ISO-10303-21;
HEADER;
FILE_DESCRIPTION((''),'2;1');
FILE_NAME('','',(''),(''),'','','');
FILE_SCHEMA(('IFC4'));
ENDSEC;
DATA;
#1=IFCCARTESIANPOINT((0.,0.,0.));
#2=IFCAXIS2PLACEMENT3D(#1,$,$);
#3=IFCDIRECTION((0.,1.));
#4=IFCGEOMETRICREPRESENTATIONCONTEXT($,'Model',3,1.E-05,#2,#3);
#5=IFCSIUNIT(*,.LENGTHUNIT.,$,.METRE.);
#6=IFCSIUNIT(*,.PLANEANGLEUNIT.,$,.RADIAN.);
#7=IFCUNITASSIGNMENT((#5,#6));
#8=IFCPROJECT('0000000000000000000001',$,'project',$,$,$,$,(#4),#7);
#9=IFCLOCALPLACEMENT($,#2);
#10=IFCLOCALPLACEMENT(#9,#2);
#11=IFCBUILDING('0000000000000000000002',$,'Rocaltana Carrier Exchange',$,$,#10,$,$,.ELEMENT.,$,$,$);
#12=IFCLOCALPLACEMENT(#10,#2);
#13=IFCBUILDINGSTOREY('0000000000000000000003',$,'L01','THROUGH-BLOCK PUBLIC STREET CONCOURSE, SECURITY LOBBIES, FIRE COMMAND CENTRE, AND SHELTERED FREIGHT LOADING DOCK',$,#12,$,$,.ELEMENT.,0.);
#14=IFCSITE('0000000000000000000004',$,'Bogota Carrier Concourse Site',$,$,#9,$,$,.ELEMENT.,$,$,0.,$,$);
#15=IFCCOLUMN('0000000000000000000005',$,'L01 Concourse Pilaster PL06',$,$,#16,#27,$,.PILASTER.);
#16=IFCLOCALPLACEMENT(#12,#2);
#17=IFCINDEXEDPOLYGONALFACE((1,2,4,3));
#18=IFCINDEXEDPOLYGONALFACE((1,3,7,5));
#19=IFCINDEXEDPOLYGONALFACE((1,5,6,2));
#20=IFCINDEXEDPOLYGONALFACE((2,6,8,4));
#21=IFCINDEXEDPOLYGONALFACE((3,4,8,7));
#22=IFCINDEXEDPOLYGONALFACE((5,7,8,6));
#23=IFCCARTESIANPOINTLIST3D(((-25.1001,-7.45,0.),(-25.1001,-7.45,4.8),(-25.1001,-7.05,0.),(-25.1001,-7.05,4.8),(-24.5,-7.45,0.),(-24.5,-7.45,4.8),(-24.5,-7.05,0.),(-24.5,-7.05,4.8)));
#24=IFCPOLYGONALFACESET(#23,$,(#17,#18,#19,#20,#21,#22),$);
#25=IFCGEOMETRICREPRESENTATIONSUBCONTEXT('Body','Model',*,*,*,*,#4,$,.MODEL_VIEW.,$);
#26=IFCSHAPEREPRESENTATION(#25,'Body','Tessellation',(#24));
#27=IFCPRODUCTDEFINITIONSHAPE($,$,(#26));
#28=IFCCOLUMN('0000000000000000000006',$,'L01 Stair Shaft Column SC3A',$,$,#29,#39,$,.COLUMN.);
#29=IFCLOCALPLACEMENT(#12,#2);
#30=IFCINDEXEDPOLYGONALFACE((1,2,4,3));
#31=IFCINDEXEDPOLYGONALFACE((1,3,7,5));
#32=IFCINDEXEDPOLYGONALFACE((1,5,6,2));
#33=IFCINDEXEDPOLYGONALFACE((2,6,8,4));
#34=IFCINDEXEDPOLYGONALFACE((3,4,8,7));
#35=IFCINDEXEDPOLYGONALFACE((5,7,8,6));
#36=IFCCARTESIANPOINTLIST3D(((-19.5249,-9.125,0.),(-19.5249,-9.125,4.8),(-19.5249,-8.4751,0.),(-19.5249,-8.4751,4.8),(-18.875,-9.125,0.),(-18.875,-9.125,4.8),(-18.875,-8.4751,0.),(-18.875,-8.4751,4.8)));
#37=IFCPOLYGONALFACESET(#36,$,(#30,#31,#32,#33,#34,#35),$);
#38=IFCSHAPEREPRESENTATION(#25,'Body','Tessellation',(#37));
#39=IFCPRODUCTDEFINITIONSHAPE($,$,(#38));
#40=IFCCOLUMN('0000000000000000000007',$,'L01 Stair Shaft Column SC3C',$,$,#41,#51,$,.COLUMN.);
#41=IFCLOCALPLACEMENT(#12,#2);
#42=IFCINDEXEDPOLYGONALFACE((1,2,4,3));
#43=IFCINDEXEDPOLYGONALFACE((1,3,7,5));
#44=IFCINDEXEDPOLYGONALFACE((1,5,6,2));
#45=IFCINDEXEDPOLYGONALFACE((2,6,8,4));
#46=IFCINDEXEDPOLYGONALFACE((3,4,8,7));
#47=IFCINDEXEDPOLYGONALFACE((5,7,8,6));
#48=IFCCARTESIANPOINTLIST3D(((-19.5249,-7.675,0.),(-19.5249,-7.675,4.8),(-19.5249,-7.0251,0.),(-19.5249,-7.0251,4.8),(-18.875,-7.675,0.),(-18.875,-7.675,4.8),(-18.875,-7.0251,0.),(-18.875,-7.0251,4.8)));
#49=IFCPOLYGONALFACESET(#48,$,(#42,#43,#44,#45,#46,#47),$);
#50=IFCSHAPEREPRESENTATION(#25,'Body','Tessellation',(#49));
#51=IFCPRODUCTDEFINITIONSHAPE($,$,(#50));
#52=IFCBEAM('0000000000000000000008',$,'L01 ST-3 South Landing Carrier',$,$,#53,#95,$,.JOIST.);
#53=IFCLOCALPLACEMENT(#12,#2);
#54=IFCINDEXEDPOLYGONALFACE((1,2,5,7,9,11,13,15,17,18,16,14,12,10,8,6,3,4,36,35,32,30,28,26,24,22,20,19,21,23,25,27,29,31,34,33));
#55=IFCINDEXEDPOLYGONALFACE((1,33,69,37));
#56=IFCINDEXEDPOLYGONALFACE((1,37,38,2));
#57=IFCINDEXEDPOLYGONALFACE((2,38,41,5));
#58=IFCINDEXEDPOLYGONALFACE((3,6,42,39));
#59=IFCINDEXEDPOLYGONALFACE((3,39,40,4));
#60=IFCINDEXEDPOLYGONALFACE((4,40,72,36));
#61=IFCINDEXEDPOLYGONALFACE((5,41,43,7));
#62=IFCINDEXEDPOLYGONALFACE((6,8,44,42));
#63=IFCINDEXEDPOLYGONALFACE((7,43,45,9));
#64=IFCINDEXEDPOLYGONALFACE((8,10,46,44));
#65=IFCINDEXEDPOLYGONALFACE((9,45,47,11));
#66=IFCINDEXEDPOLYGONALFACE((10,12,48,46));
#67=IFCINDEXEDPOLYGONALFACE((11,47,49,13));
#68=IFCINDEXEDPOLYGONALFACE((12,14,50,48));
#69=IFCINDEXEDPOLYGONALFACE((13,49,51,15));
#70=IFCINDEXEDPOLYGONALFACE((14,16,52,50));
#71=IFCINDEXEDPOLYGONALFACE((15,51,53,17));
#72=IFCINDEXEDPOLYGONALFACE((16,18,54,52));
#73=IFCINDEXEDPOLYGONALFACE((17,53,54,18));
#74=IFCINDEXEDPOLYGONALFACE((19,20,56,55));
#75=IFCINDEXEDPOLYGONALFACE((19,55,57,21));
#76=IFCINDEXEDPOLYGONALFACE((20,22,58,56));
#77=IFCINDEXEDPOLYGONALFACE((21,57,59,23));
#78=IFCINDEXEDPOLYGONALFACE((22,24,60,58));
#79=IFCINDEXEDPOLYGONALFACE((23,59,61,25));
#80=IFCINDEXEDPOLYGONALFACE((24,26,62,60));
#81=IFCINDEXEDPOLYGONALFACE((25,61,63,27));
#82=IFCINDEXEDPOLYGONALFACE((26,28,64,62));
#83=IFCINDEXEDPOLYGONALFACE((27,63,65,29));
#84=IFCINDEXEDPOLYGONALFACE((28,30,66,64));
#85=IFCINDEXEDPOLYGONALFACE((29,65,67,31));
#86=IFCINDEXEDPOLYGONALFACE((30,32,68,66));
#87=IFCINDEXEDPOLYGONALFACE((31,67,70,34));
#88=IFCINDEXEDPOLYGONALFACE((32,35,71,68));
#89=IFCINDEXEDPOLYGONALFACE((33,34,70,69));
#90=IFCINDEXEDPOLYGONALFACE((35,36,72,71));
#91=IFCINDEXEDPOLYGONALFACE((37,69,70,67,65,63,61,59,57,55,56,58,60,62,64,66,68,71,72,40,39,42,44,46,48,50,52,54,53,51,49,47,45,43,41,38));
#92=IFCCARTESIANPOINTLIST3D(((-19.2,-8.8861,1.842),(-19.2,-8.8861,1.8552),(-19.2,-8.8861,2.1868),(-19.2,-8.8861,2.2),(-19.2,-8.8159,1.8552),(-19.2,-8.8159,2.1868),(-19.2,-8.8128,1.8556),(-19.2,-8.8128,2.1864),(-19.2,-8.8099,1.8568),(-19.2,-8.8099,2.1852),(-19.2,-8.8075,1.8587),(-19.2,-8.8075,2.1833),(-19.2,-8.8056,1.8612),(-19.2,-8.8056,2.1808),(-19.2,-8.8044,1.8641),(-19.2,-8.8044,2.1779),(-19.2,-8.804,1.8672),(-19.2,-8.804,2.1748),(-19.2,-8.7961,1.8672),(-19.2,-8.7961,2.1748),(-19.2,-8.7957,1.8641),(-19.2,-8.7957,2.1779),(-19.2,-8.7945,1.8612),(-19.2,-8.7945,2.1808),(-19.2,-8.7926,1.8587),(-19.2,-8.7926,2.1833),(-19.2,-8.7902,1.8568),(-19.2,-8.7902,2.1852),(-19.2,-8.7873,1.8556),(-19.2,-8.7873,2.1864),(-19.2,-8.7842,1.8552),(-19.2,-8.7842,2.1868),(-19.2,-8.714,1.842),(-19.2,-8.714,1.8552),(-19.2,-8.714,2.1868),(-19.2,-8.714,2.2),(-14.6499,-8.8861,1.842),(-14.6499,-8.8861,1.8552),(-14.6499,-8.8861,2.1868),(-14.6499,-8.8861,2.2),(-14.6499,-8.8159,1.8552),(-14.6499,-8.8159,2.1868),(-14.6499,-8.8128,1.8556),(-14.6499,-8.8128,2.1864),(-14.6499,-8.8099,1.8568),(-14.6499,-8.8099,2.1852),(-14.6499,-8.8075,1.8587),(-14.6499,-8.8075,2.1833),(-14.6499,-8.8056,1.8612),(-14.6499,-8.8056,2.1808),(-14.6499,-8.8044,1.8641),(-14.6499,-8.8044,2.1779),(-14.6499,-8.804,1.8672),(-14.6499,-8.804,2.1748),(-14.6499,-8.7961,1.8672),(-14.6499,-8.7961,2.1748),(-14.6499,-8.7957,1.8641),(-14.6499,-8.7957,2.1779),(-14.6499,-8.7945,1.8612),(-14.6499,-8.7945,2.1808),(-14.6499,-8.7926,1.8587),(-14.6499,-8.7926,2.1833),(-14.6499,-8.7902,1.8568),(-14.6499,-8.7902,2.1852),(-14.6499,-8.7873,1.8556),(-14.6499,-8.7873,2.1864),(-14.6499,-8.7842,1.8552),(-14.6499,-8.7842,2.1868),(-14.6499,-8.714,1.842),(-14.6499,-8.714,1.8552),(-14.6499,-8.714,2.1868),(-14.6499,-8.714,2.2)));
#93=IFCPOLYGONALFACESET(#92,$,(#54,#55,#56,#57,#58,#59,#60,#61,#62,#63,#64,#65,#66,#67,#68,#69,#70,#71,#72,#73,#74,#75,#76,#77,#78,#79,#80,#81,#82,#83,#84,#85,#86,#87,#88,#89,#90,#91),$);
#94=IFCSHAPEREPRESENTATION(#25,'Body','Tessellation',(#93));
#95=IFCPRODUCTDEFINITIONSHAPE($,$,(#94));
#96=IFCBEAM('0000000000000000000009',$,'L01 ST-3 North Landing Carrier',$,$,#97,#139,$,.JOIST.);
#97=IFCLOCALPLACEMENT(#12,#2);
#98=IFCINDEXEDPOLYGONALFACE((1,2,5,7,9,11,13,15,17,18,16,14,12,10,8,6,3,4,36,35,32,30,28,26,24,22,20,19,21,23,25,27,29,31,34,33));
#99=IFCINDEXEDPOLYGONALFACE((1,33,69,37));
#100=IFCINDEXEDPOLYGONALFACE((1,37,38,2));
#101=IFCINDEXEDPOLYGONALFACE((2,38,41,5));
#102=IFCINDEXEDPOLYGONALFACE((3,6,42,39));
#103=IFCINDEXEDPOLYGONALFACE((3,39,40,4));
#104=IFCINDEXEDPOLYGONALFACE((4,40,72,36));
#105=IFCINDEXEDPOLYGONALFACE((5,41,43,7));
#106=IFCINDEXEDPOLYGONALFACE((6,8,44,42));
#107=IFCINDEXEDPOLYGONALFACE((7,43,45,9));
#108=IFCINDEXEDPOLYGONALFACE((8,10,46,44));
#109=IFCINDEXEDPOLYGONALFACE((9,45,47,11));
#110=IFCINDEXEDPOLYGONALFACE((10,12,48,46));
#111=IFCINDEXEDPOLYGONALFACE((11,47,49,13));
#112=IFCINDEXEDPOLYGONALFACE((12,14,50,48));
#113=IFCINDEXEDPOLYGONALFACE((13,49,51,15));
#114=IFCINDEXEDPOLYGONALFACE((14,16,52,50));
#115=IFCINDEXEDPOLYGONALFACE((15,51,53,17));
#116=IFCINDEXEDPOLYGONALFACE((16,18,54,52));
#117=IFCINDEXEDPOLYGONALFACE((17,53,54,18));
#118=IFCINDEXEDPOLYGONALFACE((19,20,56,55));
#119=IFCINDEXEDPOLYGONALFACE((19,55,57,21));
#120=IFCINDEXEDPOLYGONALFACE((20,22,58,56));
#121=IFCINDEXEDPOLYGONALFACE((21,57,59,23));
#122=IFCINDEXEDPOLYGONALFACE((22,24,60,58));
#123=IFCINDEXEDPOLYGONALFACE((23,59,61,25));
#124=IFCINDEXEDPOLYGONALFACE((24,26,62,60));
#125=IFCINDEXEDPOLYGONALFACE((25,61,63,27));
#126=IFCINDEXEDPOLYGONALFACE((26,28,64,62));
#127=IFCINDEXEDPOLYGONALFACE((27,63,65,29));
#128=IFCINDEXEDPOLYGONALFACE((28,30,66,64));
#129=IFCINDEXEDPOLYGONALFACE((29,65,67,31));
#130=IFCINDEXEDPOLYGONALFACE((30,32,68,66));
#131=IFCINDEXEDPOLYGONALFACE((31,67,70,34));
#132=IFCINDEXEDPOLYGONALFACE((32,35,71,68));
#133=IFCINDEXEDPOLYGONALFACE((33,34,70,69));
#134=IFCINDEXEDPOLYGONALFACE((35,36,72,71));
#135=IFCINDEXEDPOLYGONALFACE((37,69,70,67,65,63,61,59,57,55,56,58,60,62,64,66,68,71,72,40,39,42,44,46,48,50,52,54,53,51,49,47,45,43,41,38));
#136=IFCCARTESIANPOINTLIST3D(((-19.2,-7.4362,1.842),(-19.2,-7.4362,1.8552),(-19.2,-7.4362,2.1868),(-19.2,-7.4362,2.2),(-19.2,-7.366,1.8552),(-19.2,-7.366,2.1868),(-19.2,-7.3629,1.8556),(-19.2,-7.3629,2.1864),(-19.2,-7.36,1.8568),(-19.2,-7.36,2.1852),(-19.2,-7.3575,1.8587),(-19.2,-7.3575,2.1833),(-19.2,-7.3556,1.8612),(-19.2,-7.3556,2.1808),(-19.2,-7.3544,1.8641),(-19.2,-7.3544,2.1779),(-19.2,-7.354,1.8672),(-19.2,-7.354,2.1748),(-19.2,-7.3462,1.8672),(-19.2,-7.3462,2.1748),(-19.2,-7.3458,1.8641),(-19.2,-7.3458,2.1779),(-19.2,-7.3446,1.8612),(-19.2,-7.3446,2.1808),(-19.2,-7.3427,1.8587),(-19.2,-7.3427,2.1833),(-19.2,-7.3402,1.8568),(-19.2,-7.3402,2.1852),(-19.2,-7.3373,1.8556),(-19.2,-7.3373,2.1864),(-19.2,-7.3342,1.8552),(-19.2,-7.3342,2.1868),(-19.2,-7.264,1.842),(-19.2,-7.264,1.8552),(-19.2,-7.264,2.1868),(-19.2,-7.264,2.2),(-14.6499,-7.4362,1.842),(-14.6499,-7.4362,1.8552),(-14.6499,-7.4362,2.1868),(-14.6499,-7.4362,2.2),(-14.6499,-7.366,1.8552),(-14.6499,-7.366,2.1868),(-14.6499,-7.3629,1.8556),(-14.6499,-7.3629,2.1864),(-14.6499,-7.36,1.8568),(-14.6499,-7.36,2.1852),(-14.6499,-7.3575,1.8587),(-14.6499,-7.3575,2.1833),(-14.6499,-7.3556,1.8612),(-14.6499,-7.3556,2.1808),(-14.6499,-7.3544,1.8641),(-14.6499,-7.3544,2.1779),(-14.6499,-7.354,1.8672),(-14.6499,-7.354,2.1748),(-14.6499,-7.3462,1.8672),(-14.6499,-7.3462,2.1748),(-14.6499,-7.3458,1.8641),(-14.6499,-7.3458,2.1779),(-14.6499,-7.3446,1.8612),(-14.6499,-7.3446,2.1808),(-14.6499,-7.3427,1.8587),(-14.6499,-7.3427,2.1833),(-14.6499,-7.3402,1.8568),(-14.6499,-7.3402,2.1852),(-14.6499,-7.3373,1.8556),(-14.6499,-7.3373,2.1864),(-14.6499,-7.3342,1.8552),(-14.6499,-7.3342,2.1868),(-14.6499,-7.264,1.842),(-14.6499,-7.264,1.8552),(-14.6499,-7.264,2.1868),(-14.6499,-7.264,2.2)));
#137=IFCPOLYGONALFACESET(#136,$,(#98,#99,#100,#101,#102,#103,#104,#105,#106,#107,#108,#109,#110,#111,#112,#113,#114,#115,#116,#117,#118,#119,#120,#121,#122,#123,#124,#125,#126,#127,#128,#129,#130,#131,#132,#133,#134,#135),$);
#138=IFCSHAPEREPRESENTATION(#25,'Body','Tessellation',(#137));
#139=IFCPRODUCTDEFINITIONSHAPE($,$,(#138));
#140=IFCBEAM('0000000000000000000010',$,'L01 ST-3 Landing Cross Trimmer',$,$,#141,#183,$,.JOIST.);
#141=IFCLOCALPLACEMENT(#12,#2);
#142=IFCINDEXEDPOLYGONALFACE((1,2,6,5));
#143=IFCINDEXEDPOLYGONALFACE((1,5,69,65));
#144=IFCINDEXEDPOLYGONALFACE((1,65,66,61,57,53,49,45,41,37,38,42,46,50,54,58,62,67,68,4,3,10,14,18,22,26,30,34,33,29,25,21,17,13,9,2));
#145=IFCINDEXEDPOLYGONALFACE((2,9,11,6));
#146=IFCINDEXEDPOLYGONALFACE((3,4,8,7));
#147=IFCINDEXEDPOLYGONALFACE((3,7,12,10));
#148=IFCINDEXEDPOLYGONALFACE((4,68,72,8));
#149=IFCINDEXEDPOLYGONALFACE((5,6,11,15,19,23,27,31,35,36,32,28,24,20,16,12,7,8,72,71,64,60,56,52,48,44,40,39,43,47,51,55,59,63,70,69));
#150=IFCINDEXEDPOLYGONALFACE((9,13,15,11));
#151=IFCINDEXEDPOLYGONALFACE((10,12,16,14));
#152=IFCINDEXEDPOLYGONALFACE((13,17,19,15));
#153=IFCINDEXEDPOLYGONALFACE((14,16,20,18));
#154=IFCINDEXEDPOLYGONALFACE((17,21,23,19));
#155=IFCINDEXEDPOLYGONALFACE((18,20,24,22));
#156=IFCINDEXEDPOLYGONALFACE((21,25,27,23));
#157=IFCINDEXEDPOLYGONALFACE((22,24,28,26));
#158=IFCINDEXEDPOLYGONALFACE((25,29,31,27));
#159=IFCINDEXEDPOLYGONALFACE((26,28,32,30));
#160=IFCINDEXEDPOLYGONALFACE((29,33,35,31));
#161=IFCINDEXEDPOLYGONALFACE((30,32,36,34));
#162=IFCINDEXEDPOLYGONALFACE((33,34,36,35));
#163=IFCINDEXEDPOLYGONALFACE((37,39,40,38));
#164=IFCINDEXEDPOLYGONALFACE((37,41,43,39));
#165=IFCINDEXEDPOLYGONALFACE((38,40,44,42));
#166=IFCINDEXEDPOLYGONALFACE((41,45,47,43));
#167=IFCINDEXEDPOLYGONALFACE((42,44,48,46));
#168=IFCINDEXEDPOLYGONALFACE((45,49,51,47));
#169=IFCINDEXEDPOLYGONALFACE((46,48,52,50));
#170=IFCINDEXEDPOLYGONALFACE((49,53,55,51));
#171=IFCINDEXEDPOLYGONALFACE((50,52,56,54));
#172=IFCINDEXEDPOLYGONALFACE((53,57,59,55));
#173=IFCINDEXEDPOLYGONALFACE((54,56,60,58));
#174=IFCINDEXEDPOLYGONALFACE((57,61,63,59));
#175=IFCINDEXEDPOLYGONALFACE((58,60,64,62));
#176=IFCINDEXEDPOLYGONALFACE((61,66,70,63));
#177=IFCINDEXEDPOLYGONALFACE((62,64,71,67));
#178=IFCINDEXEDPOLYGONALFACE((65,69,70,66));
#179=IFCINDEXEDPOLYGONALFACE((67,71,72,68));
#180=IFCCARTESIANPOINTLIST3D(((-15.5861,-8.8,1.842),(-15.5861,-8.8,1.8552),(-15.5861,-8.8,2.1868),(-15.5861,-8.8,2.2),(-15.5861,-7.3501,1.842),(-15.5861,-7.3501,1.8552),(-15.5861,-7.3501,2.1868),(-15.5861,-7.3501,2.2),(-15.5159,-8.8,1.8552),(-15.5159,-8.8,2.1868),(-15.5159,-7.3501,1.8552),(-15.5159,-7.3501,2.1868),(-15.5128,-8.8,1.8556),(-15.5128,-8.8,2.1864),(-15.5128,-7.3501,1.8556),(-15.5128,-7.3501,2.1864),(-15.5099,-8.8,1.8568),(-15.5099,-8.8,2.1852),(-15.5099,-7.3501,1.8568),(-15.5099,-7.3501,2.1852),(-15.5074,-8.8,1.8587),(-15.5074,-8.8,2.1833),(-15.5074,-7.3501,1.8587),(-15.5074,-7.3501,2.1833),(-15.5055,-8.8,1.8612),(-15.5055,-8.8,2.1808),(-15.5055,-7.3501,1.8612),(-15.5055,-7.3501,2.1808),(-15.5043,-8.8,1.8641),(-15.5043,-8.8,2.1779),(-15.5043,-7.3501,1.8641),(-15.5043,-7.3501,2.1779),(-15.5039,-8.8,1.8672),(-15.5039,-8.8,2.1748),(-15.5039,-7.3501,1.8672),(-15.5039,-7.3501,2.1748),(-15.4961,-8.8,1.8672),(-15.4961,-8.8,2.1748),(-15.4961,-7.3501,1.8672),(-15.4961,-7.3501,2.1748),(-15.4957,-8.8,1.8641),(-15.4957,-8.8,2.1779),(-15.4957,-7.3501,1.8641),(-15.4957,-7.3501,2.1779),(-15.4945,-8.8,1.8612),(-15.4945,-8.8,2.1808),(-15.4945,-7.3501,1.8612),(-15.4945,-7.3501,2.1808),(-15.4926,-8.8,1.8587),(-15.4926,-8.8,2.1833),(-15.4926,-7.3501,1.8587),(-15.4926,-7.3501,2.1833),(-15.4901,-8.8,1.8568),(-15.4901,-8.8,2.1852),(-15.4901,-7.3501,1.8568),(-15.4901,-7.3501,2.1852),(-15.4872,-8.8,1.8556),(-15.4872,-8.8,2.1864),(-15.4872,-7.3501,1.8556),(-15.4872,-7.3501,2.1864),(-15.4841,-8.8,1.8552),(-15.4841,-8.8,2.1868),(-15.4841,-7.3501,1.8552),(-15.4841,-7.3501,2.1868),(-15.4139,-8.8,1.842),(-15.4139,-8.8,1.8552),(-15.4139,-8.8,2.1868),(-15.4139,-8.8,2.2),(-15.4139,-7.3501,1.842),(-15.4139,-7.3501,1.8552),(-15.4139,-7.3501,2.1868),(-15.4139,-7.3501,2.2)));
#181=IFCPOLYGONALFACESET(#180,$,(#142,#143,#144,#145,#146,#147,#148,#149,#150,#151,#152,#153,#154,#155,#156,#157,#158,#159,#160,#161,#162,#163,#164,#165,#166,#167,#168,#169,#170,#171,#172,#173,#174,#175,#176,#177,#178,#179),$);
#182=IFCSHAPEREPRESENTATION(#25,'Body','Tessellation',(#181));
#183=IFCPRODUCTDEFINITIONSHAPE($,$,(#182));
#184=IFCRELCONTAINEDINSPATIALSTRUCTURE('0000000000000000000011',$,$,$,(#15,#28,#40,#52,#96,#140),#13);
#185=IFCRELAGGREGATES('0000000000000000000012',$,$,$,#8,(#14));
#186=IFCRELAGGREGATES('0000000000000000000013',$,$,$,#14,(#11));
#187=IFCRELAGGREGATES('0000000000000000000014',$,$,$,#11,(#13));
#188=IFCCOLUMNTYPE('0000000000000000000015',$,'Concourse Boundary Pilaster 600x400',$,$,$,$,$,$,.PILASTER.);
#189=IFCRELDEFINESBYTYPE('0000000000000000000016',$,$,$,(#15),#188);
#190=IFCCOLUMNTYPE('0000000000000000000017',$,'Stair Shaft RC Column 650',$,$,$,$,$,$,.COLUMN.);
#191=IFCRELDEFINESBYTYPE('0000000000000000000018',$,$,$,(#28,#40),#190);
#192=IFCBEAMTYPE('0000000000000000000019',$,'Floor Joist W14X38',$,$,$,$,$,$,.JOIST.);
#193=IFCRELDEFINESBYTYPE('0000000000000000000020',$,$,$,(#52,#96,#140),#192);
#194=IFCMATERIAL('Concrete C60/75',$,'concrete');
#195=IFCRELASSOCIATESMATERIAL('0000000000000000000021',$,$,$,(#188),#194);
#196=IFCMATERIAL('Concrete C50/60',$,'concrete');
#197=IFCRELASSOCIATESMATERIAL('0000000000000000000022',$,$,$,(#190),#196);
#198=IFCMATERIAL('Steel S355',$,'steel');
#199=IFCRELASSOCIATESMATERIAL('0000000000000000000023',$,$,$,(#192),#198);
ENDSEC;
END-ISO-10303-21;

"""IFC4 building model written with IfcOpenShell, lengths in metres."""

from ifc_helpers import new_model, si_unit, direction, frame, origin, origin_2d, place, context, subcontext, project, spatial, rectangle, i_section, extrude, material, material_profile, profile_set, type_object, element, save


model = new_model("IFC4")

# Units and contexts
model_context = context("Model", 3, precision=1e-05, world=origin(), true_north=direction((0.0, 1.0)))
body_context = subcontext(model_context, "Body", "Model", "MODEL_VIEW")
ifc_project = project(units=[si_unit("LENGTHUNIT", "METRE"), si_unit("PLANEANGLEUNIT", "RADIAN")], contexts=[model_context])

# Site, building, storey
site_placement = place(None, origin())
site = spatial("IfcSite", under=ifc_project, at=site_placement, Name="Bogota Carrier Concourse Site", CompositionType="ELEMENT", RefElevation=0.0)
building_placement = place(site_placement, origin())
building = spatial("IfcBuilding", under=site, at=building_placement, Name="Rocaltana Carrier Exchange", CompositionType="ELEMENT")
storey_placement = place(building_placement, origin())
storey = spatial("IfcBuildingStorey", under=building, at=storey_placement, Name="L01", Description="THROUGH-BLOCK PUBLIC STREET CONCOURSE, SECURITY LOBBIES, FIRE COMMAND CENTRE, AND SHELTERED FREIGHT LOADING DOCK", CompositionType="ELEMENT", Elevation=0.0)

# Columns
ifc_material_1 = material(Name="Concrete C60/75", Category="concrete")
ifc_material_profile_1 = material_profile(ifc_material_1, rectangle(XDim=0.6001, YDim=0.3999, at=origin_2d()), Name="RC-PIL-600X400")
ifc_profile_set_1 = profile_set([ifc_material_profile_1], Name="Concrete C60/75")
column_type_1 = type_object("IfcColumnType", Name="Concourse Boundary Pilaster 600x400", PredefinedType="PILASTER", material=ifc_profile_set_1)
column_placement = place(storey_placement, frame((-24.8, -7.25, 0.0), z_axis=(0.0, 0.0, 1.0), x_axis=(1.0, 0.0, 0.0)))
element("IfcColumn", 1, at=column_placement, inside=storey, type_object=column_type_1, Name="L01 Concourse Pilaster PL06", PredefinedType="PILASTER", context=body_context, shape_type="SweptSolid", body=[
    extrude(rectangle(XDim=0.6001, YDim=0.3999, at=origin_2d()), origin(), (0.0, 0.0, 1.0), 4.8),
])
ifc_material_2 = material(Name="Concrete C50/60", Category="concrete")
ifc_material_profile_2 = material_profile(ifc_material_2, rectangle(XDim=0.6499, YDim=0.6499, at=origin_2d()), Name="RC-COL-650X650")
ifc_profile_set_2 = profile_set([ifc_material_profile_2], Name="Concrete C50/60")
column_type_2 = type_object("IfcColumnType", Name="Stair Shaft RC Column 650", PredefinedType="COLUMN", material=ifc_profile_set_2)
for number, where, z_axis, x_axis, name in (
    (2, (-19.2, -8.8, 0.0), (0.0, 0.0, 1.0), (1.0, 0.0, 0.0), "L01 Stair Shaft Column SC3A"),
    (3, (-19.2, -7.3501, 0.0), (0.0, 0.0, 1.0), (1.0, 0.0, 0.0), "L01 Stair Shaft Column SC3C"),
):
    element("IfcColumn", number, at=place(storey_placement, frame(where, z_axis=z_axis, x_axis=x_axis)), inside=storey, type_object=column_type_2, Name=name, PredefinedType="COLUMN", context=body_context, shape_type="SweptSolid", body=[
        extrude(rectangle(XDim=0.6499, YDim=0.6499, at=origin_2d()), origin(), (0.0, 0.0, 1.0), 4.8),
    ])

# Beams
ifc_material_3 = material(Name="Steel S355", Category="steel")
ifc_material_profile_3 = material_profile(ifc_material_3, i_section(OverallWidth=0.1721, OverallDepth=0.3579, WebThickness=0.0078, FlangeThickness=0.0132, FilletRadius=0.012, at=origin_2d()), Name="W14X38")
ifc_profile_set_3 = profile_set([ifc_material_profile_3], Name="Steel S355")
beam_type = type_object("IfcBeamType", Name="Floor Joist W14X38", PredefinedType="JOIST", material=ifc_profile_set_3)
for number, where, z_axis, x_axis, name in (
    (4, (-19.2, -8.8, 2.021), (1.0, 0.0, 0.0), (0.0, 1.0, 0.0), "L01 ST-3 South Landing Carrier"),
    (5, (-19.2, -7.3501, 2.021), (1.0, 0.0, 0.0), (0.0, 1.0, 0.0), "L01 ST-3 North Landing Carrier"),
):
    element("IfcBeam", number, at=place(storey_placement, frame(where, z_axis=z_axis, x_axis=x_axis)), inside=storey, type_object=beam_type, Name=name, PredefinedType="JOIST", context=body_context, shape_type="SweptSolid", body=[
        extrude(i_section(OverallWidth=0.1721, OverallDepth=0.3579, WebThickness=0.0078, FlangeThickness=0.0132, FilletRadius=0.012, at=origin_2d()), origin(), (0.0, 0.0, 1.0), 4.55),
    ])
beam_placement = place(storey_placement, frame((-15.5, -8.8, 2.021), z_axis=(0.0, 1.0, 0.0), x_axis=(-1.0, 0.0, 0.0)))
element("IfcBeam", 6, at=beam_placement, inside=storey, type_object=beam_type, Name="L01 ST-3 Landing Cross Trimmer", PredefinedType="JOIST", context=body_context, shape_type="SweptSolid", body=[
    extrude(i_section(OverallWidth=0.1721, OverallDepth=0.3579, WebThickness=0.0078, FlangeThickness=0.0132, FilletRadius=0.012, at=origin_2d()), origin(), (0.0, 0.0, 1.0), 1.45),
])

save(model, "model.ifc")
